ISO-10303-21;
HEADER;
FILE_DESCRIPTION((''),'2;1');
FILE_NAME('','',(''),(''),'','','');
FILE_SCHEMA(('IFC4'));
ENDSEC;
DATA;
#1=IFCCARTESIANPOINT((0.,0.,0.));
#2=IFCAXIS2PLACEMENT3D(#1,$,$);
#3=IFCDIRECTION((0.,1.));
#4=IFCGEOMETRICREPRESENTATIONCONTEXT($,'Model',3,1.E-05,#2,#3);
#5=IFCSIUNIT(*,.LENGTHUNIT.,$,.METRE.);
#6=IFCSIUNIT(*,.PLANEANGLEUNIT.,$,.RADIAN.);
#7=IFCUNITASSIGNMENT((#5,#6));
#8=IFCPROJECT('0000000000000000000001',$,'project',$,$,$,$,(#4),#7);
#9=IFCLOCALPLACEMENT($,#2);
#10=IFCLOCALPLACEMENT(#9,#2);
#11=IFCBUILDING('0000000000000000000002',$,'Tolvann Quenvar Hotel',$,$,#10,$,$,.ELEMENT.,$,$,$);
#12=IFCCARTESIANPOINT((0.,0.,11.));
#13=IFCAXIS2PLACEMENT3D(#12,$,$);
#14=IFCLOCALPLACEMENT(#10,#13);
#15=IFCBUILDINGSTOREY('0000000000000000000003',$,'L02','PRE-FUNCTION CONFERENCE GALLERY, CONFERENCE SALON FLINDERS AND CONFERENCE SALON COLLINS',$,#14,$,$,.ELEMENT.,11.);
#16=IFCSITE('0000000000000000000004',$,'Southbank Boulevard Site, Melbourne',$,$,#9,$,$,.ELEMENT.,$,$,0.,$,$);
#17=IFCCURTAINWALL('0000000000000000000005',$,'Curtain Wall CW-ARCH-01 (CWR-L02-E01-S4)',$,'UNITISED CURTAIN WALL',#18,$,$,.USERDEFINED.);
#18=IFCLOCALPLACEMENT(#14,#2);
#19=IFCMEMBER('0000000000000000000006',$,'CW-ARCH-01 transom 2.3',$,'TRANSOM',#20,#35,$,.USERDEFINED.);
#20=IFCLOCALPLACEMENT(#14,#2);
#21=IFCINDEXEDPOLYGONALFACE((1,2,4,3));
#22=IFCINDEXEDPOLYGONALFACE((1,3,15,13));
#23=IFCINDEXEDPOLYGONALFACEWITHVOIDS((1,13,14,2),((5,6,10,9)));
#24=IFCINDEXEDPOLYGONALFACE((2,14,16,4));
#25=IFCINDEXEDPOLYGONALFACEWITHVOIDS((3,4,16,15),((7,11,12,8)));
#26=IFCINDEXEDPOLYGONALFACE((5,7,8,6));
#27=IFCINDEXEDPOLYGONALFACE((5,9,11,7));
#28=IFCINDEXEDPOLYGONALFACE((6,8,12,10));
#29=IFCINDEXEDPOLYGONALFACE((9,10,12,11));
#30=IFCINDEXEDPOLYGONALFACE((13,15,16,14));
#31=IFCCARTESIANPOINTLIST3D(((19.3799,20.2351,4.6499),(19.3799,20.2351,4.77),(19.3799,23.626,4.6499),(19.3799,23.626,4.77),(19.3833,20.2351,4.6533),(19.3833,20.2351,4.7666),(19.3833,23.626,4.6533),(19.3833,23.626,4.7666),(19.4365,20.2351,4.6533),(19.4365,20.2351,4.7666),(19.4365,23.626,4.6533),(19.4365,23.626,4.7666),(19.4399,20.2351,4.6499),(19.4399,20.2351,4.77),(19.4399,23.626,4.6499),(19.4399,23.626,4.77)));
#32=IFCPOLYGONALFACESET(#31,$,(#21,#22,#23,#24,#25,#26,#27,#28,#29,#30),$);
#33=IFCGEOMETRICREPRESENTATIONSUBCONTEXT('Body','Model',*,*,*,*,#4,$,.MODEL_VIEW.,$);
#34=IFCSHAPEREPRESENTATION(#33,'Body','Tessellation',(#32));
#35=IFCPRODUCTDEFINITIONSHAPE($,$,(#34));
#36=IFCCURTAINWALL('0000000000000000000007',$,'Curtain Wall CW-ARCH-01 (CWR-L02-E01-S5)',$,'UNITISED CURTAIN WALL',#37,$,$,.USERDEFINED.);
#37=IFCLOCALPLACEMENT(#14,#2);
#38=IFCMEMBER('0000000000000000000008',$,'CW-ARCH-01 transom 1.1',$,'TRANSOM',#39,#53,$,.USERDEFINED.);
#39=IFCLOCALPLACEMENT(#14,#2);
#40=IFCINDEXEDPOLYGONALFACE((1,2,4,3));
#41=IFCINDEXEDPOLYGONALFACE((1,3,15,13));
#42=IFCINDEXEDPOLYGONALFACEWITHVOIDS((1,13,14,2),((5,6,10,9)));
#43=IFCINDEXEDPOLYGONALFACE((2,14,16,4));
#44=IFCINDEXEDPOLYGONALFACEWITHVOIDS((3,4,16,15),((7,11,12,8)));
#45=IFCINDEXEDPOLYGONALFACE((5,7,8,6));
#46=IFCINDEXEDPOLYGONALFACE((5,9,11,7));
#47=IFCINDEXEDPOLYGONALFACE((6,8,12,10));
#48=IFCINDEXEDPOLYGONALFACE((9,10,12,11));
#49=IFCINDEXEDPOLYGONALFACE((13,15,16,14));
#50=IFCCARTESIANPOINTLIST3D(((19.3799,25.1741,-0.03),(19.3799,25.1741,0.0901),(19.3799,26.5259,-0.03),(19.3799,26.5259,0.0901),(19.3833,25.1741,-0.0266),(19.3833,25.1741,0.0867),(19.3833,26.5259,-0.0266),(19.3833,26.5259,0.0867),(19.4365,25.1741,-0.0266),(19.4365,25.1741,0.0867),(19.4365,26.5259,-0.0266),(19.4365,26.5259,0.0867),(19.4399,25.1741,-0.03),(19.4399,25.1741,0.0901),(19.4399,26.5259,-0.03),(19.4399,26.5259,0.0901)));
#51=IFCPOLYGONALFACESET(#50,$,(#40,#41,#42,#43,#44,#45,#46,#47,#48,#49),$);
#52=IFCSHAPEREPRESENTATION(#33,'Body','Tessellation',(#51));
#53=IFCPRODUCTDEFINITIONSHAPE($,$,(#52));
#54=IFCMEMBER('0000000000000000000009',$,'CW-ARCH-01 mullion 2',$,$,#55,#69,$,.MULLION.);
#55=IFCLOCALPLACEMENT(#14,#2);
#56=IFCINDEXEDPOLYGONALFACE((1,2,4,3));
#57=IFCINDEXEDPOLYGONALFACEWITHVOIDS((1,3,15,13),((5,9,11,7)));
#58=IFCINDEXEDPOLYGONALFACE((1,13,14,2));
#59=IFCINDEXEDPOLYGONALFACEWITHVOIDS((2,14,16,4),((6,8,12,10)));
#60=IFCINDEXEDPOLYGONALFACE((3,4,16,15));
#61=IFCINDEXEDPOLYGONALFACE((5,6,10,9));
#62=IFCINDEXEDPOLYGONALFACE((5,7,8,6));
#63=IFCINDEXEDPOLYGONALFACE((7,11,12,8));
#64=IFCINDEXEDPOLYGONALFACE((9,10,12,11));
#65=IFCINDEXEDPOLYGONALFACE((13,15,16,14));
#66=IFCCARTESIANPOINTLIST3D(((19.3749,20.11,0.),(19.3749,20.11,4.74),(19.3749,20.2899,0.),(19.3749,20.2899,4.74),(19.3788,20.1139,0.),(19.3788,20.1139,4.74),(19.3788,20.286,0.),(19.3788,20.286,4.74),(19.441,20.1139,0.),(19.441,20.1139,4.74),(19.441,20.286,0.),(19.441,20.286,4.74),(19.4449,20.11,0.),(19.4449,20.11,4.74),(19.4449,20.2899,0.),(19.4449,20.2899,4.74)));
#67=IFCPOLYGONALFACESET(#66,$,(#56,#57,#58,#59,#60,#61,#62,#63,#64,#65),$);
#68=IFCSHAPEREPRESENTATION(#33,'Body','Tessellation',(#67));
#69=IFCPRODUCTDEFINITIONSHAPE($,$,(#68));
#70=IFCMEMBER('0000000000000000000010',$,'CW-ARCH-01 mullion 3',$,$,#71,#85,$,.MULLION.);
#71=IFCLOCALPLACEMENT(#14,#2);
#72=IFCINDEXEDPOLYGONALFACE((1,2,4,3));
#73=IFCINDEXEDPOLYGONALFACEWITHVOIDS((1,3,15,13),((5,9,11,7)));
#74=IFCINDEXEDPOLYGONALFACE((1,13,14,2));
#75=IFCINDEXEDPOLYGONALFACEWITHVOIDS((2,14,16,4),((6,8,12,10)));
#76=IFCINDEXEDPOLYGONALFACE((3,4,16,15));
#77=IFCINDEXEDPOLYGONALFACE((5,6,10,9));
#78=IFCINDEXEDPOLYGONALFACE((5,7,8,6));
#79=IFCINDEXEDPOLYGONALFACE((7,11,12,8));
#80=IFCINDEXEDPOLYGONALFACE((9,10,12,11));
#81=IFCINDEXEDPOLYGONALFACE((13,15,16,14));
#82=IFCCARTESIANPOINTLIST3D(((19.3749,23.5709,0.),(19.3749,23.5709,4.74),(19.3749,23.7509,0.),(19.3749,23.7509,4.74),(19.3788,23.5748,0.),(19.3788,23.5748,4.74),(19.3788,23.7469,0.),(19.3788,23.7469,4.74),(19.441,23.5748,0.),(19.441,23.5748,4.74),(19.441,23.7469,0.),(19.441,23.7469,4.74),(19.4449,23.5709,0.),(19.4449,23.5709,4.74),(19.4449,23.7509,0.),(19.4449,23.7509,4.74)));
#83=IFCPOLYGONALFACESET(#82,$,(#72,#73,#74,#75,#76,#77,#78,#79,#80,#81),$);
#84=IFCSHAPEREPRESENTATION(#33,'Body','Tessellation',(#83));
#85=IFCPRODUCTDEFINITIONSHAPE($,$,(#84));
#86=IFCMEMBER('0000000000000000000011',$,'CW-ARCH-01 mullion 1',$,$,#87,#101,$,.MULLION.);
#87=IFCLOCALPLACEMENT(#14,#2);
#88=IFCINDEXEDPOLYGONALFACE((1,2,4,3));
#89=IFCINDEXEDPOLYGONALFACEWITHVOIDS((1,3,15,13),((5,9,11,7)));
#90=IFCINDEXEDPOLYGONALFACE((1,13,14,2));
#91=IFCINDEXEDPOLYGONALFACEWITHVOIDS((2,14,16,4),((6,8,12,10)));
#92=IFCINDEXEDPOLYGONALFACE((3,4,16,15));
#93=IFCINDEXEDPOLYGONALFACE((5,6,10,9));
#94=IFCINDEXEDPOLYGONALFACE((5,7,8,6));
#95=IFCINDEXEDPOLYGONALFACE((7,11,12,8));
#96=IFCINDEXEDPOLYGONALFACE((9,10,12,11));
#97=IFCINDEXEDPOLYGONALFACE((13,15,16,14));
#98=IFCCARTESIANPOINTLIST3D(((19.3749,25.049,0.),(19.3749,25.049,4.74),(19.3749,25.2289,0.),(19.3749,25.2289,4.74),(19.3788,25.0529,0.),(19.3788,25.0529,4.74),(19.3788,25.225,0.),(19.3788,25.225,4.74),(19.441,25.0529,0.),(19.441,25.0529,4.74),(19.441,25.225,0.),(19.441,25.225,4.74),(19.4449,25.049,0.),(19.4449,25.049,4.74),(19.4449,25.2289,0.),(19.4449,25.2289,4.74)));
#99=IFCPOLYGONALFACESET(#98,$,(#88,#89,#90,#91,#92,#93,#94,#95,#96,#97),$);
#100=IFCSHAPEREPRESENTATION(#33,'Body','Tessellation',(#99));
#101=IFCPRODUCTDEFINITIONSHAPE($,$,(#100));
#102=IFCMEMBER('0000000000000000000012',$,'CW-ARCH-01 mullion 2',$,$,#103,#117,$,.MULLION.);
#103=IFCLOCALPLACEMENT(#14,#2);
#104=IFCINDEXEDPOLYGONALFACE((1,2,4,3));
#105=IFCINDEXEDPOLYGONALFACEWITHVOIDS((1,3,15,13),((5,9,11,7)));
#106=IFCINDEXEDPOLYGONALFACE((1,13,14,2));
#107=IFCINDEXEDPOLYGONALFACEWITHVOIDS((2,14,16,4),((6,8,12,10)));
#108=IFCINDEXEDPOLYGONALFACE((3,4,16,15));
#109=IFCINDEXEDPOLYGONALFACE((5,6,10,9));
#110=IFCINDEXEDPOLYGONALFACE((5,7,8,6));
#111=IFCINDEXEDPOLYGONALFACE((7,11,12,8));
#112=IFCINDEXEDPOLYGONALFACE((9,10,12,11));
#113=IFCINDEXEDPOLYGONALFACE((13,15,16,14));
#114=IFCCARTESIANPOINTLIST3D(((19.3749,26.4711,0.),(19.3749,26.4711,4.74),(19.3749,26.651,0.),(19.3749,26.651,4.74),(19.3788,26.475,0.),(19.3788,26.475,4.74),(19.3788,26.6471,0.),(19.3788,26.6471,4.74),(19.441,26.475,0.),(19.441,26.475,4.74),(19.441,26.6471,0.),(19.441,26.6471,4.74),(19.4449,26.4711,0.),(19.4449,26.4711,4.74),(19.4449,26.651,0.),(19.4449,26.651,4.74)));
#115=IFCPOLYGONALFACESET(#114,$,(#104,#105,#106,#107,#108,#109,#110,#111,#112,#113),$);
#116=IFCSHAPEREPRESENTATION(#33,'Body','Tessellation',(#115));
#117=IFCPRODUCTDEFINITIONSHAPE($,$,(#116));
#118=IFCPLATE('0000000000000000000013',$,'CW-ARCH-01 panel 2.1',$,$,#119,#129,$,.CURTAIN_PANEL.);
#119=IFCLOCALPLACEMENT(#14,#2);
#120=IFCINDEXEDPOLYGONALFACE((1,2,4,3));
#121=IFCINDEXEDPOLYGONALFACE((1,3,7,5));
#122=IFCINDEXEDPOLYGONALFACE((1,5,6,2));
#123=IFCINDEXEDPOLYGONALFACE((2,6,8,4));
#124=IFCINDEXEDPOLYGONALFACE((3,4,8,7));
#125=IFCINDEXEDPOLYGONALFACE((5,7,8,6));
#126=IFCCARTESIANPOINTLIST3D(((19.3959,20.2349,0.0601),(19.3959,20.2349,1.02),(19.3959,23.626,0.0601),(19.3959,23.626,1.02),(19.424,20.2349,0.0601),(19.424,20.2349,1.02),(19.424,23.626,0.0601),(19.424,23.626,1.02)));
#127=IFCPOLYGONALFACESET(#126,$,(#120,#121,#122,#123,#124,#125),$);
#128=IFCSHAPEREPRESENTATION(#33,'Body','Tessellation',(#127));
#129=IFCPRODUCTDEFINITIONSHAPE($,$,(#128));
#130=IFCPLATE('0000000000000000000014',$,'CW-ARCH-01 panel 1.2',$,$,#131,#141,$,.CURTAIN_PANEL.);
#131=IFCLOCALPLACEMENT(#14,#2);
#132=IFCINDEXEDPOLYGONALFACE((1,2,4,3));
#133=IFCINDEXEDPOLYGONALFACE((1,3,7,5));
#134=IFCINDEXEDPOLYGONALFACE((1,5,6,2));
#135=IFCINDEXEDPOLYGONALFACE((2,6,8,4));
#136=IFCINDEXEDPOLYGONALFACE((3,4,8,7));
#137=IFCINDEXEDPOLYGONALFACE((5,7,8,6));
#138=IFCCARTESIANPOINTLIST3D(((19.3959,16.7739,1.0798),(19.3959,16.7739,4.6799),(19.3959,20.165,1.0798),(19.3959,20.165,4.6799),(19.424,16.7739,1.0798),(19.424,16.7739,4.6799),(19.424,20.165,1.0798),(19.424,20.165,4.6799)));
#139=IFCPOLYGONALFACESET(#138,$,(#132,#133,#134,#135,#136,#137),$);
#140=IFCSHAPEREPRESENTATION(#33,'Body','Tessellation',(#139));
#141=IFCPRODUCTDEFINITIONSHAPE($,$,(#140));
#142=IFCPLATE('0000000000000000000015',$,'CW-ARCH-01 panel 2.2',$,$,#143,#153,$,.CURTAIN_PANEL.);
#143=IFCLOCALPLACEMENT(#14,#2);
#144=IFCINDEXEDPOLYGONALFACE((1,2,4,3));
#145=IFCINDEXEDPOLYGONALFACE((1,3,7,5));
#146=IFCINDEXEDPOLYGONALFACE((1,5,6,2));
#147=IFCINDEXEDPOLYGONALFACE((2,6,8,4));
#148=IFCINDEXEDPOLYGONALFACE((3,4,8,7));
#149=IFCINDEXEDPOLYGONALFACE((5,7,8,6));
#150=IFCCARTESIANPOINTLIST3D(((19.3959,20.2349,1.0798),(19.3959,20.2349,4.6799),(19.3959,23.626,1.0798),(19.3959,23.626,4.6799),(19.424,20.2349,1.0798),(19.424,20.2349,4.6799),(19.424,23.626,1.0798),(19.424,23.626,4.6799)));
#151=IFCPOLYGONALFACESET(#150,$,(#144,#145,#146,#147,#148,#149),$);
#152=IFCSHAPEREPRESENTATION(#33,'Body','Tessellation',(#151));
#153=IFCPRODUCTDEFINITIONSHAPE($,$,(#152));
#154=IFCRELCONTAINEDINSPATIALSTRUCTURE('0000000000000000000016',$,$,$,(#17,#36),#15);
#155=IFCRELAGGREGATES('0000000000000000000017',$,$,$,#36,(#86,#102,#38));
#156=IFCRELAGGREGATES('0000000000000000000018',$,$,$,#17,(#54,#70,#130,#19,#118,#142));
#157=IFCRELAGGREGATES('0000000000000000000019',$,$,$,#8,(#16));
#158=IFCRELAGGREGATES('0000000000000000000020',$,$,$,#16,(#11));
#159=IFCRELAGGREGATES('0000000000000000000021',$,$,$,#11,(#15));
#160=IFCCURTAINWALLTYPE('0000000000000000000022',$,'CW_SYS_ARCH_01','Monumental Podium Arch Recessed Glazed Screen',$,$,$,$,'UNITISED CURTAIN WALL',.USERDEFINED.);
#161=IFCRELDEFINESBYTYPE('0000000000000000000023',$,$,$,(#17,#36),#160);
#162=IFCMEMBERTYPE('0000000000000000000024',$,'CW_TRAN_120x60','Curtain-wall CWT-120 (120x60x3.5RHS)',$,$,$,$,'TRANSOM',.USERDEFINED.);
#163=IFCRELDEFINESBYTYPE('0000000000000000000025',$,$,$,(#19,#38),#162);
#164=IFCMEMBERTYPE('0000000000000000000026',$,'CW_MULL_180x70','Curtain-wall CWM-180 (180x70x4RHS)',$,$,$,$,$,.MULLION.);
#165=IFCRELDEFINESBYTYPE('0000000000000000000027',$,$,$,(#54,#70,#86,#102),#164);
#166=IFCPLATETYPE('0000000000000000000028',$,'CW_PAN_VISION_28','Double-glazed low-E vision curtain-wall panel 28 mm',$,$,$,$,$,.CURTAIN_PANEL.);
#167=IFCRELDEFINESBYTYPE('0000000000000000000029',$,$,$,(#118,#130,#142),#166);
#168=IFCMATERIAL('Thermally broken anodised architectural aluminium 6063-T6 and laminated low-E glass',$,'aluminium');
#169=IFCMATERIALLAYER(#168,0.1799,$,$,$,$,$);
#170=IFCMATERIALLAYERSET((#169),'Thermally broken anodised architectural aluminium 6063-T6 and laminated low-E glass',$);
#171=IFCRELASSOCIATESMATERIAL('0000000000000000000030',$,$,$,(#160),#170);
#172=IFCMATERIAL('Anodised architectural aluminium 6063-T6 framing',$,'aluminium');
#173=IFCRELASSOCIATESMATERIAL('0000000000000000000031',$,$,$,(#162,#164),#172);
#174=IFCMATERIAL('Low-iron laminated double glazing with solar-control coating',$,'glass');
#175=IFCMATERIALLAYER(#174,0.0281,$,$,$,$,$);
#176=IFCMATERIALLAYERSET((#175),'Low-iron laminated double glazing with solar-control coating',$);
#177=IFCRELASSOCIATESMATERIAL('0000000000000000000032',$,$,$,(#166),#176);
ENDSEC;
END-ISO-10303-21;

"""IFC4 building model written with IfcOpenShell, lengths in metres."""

from ifc_helpers import new_model, si_unit, direction, frame, origin, origin_2d, place, context, subcontext, project, spatial, rectangle, hollow_rectangle, extrude, source, transform, mapped, material, layer, layer_set, material_profile, profile_set, type_object, type_shapes, element, aggregate, save


model = new_model("IFC4")

# Units and contexts
model_context = context("Model", 3, precision=1e-05, world=origin(), true_north=direction((0.0, 1.0)))
body_context = subcontext(model_context, "Body", "Model", "MODEL_VIEW")
ifc_project = project(units=[si_unit("LENGTHUNIT", "METRE"), si_unit("PLANEANGLEUNIT", "RADIAN")], contexts=[model_context])

# Site, building, storey
site_placement = place(None, origin())
site = spatial("IfcSite", under=ifc_project, at=site_placement, Name="Southbank Boulevard Site, Melbourne", CompositionType="ELEMENT", RefElevation=0.0)
building_placement = place(site_placement, origin())
building = spatial("IfcBuilding", under=site, at=building_placement, Name="Tolvann Quenvar Hotel", CompositionType="ELEMENT")
storey_placement = place(building_placement, frame((0.0, 0.0, 11.0)))
storey = spatial("IfcBuildingStorey", under=building, at=storey_placement, Name="L02", Description="PRE-FUNCTION CONFERENCE GALLERY, CONFERENCE SALON FLINDERS AND CONFERENCE SALON COLLINS", CompositionType="ELEMENT", Elevation=11.0)

# Curtain wall, member
ifc_material_1 = material(Name="Thermally broken anodised architectural aluminium 6063-T6 and laminated low-E glass", Category="aluminium")
ifc_layer_1 = layer(ifc_material_1, 0.1799)
ifc_layer_set_1 = layer_set([ifc_layer_1], Name="Thermally broken anodised architectural aluminium 6063-T6 and laminated low-E glass")
curtain_wall_type = type_object("IfcCurtainWallType", Name="CW_SYS_ARCH_01", Description="Monumental Podium Arch Recessed Glazed Screen", ElementType="UNITISED CURTAIN WALL", PredefinedType="USERDEFINED", material=ifc_layer_set_1)
curtain_wall_1_placement = place(storey_placement, origin())
curtain_wall_1 = element("IfcCurtainWall", 1, at=curtain_wall_1_placement, inside=storey, type_object=curtain_wall_type, Name="Curtain Wall CW-ARCH-01 (CWR-L02-E01-S4)", ObjectType="UNITISED CURTAIN WALL", PredefinedType="USERDEFINED")
ifc_material_2 = material(Name="Anodised architectural aluminium 6063-T6 framing", Category="aluminium")
ifc_material_profile_1 = material_profile(ifc_material_2, hollow_rectangle(XDim=0.0601, YDim=0.1201, WallThickness=0.0034, at=origin_2d()), Name="120x60x3.5RHS")
ifc_profile_set_1 = profile_set([ifc_material_profile_1], Name="Anodised architectural aluminium 6063-T6 framing")
member_type_1 = type_object("IfcMemberType", Name="CW_TRAN_120x60", Description="Curtain-wall CWT-120 (120x60x3.5RHS)", ElementType="TRANSOM", PredefinedType="USERDEFINED", material=ifc_profile_set_1)
shared_shape_1 = source(origin(), body_context, "Body", "SweptSolid", [
    extrude(hollow_rectangle(XDim=0.0601, YDim=0.1201, WallThickness=0.0034, at=origin_2d()), origin(), (0.0, 0.0, 1.0), 3.3909),
])
member_1_placement = place(storey_placement, frame((19.4099, 20.2351, 4.71), z_axis=(0.0, 1.0, 0.0), x_axis=(-1.0, 0.0, 0.0)))
member_1 = element("IfcMember", 2, at=member_1_placement, type_object=member_type_1, Name="CW-ARCH-01 transom 2.3", ObjectType="TRANSOM", PredefinedType="USERDEFINED", context=body_context, shape_type="MappedRepresentation", body=[
    mapped(shared_shape_1, transform((0.0, 0.0, 0.0), x_axis=(1.0, 0.0, 0.0), y_axis=(0.0, 1.0, 0.0), z_axis=(0.0, 0.0, 1.0), scale=1.0)),
])

# Curtain wall, member
curtain_wall_2_placement = place(storey_placement, origin())
curtain_wall_2 = element("IfcCurtainWall", 3, at=curtain_wall_2_placement, inside=storey, type_object=curtain_wall_type, Name="Curtain Wall CW-ARCH-01 (CWR-L02-E01-S5)", ObjectType="UNITISED CURTAIN WALL", PredefinedType="USERDEFINED")
shared_shape_2 = source(origin(), body_context, "Body", "SweptSolid", [
    extrude(hollow_rectangle(XDim=0.0601, YDim=0.1201, WallThickness=0.0034, at=origin_2d()), origin(), (0.0, 0.0, 1.0), 1.3518),
])
type_shapes(member_type_1, [shared_shape_1, shared_shape_2])
member_2_placement = place(storey_placement, frame((19.4099, 25.1741, 0.03), z_axis=(0.0, 1.0, 0.0), x_axis=(-1.0, 0.0, 0.0)))
member_2 = element("IfcMember", 4, at=member_2_placement, type_object=member_type_1, Name="CW-ARCH-01 transom 1.1", ObjectType="TRANSOM", PredefinedType="USERDEFINED", context=body_context, shape_type="MappedRepresentation", body=[
    mapped(shared_shape_2, transform((0.0, 0.0, 0.0), x_axis=(1.0, 0.0, 0.0), y_axis=(0.0, 1.0, 0.0), z_axis=(0.0, 0.0, 1.0), scale=1.0)),
])

# Members
ifc_material_profile_2 = material_profile(ifc_material_2, hollow_rectangle(XDim=0.0701, YDim=0.1799, WallThickness=0.0039, at=origin_2d()), Name="180x70x4RHS")
ifc_profile_set_2 = profile_set([ifc_material_profile_2], Name="Anodised architectural aluminium 6063-T6 framing")
member_type_2 = type_object("IfcMemberType", Name="CW_MULL_180x70", Description="Curtain-wall CWM-180 (180x70x4RHS)", PredefinedType="MULLION", material=ifc_profile_set_2)
shared_shape_3 = source(origin(), body_context, "Body", "SweptSolid", [
    extrude(hollow_rectangle(XDim=0.0701, YDim=0.1799, WallThickness=0.0039, at=origin_2d()), origin(), (0.0, 0.0, 1.0), 4.74),
])
type_shapes(member_type_2, [shared_shape_3])
member_3_placement = place(storey_placement, frame((19.4099, 20.2, 0.0), z_axis=(0.0, 0.0, 1.0), x_axis=(-1.0, 0.0, 0.0)))
member_3 = element("IfcMember", 5, at=member_3_placement, type_object=member_type_2, Name="CW-ARCH-01 mullion 2", PredefinedType="MULLION", context=body_context, shape_type="MappedRepresentation", body=[
    mapped(shared_shape_3, transform((0.0, 0.0, 0.0), x_axis=(1.0, 0.0, 0.0), y_axis=(0.0, 1.0, 0.0), z_axis=(0.0, 0.0, 1.0), scale=1.0)),
])
member_4_placement = place(storey_placement, frame((19.4099, 23.6609, 0.0), z_axis=(0.0, 0.0, 1.0), x_axis=(-1.0, 0.0, 0.0)))
member_4 = element("IfcMember", 6, at=member_4_placement, type_object=member_type_2, Name="CW-ARCH-01 mullion 3", PredefinedType="MULLION", context=body_context, shape_type="MappedRepresentation", body=[
    mapped(shared_shape_3, transform((0.0, 0.0, 0.0), x_axis=(1.0, 0.0, 0.0), y_axis=(0.0, 1.0, 0.0), z_axis=(0.0, 0.0, 1.0), scale=1.0)),
])
member_5_placement = place(storey_placement, frame((19.4099, 25.1389, 0.0), z_axis=(0.0, 0.0, 1.0), x_axis=(-1.0, 0.0, 0.0)))
member_5 = element("IfcMember", 7, at=member_5_placement, type_object=member_type_2, Name="CW-ARCH-01 mullion 1", PredefinedType="MULLION", context=body_context, shape_type="MappedRepresentation", body=[
    mapped(shared_shape_3, transform((0.0, 0.0, 0.0), x_axis=(1.0, 0.0, 0.0), y_axis=(0.0, 1.0, 0.0), z_axis=(0.0, 0.0, 1.0), scale=1.0)),
])
member_6_placement = place(storey_placement, frame((19.4099, 26.561, 0.0), z_axis=(0.0, 0.0, 1.0), x_axis=(-1.0, 0.0, 0.0)))
member_6 = element("IfcMember", 8, at=member_6_placement, type_object=member_type_2, Name="CW-ARCH-01 mullion 2", PredefinedType="MULLION", context=body_context, shape_type="MappedRepresentation", body=[
    mapped(shared_shape_3, transform((0.0, 0.0, 0.0), x_axis=(1.0, 0.0, 0.0), y_axis=(0.0, 1.0, 0.0), z_axis=(0.0, 0.0, 1.0), scale=1.0)),
])
aggregate(curtain_wall_2, [member_5, member_6, member_2])

# Plates
ifc_material_3 = material(Name="Low-iron laminated double glazing with solar-control coating", Category="glass")
ifc_layer_2 = layer(ifc_material_3, 0.0281)
ifc_layer_set_2 = layer_set([ifc_layer_2], Name="Low-iron laminated double glazing with solar-control coating")
plate_type = type_object("IfcPlateType", Name="CW_PAN_VISION_28", Description="Double-glazed low-E vision curtain-wall panel 28 mm", PredefinedType="CURTAIN_PANEL", material=ifc_layer_set_2)
shared_shape_4 = source(origin(), body_context, "Body", "SweptSolid", [
    extrude(rectangle(XDim=3.3911, YDim=0.0281, at=origin_2d()), origin(), (0.0, 0.0, 1.0), 0.96),
])
plate_1_placement = place(storey_placement, frame((19.4099, 21.9304, 0.0601), z_axis=(0.0, 0.0, 1.0), x_axis=(0.0, 1.0, 0.0)))
plate_1 = element("IfcPlate", 9, at=plate_1_placement, type_object=plate_type, Name="CW-ARCH-01 panel 2.1", PredefinedType="CURTAIN_PANEL", context=body_context, shape_type="MappedRepresentation", body=[
    mapped(shared_shape_4, transform((0.0, 0.0, 0.0), x_axis=(1.0, 0.0, 0.0), y_axis=(0.0, 1.0, 0.0), z_axis=(0.0, 0.0, 1.0), scale=1.0)),
])
shared_shape_5 = source(origin(), body_context, "Body", "SweptSolid", [
    extrude(rectangle(XDim=3.3911, YDim=0.0281, at=origin_2d()), origin(), (0.0, 0.0, 1.0), 3.6001),
])
type_shapes(plate_type, [shared_shape_4, shared_shape_5])
plate_2_placement = place(storey_placement, frame((19.4099, 18.4695, 1.0798), z_axis=(0.0, 0.0, 1.0), x_axis=(0.0, 1.0, 0.0)))
plate_2 = element("IfcPlate", 10, at=plate_2_placement, type_object=plate_type, Name="CW-ARCH-01 panel 1.2", PredefinedType="CURTAIN_PANEL", context=body_context, shape_type="MappedRepresentation", body=[
    mapped(shared_shape_5, transform((0.0, 0.0, 0.0), x_axis=(1.0, 0.0, 0.0), y_axis=(0.0, 1.0, 0.0), z_axis=(0.0, 0.0, 1.0), scale=1.0)),
])
plate_3_placement = place(storey_placement, frame((19.4099, 21.9304, 1.0798), z_axis=(0.0, 0.0, 1.0), x_axis=(0.0, 1.0, 0.0)))
plate_3 = element("IfcPlate", 11, at=plate_3_placement, type_object=plate_type, Name="CW-ARCH-01 panel 2.2", PredefinedType="CURTAIN_PANEL", context=body_context, shape_type="MappedRepresentation", body=[
    mapped(shared_shape_5, transform((0.0, 0.0, 0.0), x_axis=(1.0, 0.0, 0.0), y_axis=(0.0, 1.0, 0.0), z_axis=(0.0, 0.0, 1.0), scale=1.0)),
])
aggregate(curtain_wall_1, [member_3, member_4, plate_2, member_1, plate_1, plate_3])

save(model, "model.ifc")
